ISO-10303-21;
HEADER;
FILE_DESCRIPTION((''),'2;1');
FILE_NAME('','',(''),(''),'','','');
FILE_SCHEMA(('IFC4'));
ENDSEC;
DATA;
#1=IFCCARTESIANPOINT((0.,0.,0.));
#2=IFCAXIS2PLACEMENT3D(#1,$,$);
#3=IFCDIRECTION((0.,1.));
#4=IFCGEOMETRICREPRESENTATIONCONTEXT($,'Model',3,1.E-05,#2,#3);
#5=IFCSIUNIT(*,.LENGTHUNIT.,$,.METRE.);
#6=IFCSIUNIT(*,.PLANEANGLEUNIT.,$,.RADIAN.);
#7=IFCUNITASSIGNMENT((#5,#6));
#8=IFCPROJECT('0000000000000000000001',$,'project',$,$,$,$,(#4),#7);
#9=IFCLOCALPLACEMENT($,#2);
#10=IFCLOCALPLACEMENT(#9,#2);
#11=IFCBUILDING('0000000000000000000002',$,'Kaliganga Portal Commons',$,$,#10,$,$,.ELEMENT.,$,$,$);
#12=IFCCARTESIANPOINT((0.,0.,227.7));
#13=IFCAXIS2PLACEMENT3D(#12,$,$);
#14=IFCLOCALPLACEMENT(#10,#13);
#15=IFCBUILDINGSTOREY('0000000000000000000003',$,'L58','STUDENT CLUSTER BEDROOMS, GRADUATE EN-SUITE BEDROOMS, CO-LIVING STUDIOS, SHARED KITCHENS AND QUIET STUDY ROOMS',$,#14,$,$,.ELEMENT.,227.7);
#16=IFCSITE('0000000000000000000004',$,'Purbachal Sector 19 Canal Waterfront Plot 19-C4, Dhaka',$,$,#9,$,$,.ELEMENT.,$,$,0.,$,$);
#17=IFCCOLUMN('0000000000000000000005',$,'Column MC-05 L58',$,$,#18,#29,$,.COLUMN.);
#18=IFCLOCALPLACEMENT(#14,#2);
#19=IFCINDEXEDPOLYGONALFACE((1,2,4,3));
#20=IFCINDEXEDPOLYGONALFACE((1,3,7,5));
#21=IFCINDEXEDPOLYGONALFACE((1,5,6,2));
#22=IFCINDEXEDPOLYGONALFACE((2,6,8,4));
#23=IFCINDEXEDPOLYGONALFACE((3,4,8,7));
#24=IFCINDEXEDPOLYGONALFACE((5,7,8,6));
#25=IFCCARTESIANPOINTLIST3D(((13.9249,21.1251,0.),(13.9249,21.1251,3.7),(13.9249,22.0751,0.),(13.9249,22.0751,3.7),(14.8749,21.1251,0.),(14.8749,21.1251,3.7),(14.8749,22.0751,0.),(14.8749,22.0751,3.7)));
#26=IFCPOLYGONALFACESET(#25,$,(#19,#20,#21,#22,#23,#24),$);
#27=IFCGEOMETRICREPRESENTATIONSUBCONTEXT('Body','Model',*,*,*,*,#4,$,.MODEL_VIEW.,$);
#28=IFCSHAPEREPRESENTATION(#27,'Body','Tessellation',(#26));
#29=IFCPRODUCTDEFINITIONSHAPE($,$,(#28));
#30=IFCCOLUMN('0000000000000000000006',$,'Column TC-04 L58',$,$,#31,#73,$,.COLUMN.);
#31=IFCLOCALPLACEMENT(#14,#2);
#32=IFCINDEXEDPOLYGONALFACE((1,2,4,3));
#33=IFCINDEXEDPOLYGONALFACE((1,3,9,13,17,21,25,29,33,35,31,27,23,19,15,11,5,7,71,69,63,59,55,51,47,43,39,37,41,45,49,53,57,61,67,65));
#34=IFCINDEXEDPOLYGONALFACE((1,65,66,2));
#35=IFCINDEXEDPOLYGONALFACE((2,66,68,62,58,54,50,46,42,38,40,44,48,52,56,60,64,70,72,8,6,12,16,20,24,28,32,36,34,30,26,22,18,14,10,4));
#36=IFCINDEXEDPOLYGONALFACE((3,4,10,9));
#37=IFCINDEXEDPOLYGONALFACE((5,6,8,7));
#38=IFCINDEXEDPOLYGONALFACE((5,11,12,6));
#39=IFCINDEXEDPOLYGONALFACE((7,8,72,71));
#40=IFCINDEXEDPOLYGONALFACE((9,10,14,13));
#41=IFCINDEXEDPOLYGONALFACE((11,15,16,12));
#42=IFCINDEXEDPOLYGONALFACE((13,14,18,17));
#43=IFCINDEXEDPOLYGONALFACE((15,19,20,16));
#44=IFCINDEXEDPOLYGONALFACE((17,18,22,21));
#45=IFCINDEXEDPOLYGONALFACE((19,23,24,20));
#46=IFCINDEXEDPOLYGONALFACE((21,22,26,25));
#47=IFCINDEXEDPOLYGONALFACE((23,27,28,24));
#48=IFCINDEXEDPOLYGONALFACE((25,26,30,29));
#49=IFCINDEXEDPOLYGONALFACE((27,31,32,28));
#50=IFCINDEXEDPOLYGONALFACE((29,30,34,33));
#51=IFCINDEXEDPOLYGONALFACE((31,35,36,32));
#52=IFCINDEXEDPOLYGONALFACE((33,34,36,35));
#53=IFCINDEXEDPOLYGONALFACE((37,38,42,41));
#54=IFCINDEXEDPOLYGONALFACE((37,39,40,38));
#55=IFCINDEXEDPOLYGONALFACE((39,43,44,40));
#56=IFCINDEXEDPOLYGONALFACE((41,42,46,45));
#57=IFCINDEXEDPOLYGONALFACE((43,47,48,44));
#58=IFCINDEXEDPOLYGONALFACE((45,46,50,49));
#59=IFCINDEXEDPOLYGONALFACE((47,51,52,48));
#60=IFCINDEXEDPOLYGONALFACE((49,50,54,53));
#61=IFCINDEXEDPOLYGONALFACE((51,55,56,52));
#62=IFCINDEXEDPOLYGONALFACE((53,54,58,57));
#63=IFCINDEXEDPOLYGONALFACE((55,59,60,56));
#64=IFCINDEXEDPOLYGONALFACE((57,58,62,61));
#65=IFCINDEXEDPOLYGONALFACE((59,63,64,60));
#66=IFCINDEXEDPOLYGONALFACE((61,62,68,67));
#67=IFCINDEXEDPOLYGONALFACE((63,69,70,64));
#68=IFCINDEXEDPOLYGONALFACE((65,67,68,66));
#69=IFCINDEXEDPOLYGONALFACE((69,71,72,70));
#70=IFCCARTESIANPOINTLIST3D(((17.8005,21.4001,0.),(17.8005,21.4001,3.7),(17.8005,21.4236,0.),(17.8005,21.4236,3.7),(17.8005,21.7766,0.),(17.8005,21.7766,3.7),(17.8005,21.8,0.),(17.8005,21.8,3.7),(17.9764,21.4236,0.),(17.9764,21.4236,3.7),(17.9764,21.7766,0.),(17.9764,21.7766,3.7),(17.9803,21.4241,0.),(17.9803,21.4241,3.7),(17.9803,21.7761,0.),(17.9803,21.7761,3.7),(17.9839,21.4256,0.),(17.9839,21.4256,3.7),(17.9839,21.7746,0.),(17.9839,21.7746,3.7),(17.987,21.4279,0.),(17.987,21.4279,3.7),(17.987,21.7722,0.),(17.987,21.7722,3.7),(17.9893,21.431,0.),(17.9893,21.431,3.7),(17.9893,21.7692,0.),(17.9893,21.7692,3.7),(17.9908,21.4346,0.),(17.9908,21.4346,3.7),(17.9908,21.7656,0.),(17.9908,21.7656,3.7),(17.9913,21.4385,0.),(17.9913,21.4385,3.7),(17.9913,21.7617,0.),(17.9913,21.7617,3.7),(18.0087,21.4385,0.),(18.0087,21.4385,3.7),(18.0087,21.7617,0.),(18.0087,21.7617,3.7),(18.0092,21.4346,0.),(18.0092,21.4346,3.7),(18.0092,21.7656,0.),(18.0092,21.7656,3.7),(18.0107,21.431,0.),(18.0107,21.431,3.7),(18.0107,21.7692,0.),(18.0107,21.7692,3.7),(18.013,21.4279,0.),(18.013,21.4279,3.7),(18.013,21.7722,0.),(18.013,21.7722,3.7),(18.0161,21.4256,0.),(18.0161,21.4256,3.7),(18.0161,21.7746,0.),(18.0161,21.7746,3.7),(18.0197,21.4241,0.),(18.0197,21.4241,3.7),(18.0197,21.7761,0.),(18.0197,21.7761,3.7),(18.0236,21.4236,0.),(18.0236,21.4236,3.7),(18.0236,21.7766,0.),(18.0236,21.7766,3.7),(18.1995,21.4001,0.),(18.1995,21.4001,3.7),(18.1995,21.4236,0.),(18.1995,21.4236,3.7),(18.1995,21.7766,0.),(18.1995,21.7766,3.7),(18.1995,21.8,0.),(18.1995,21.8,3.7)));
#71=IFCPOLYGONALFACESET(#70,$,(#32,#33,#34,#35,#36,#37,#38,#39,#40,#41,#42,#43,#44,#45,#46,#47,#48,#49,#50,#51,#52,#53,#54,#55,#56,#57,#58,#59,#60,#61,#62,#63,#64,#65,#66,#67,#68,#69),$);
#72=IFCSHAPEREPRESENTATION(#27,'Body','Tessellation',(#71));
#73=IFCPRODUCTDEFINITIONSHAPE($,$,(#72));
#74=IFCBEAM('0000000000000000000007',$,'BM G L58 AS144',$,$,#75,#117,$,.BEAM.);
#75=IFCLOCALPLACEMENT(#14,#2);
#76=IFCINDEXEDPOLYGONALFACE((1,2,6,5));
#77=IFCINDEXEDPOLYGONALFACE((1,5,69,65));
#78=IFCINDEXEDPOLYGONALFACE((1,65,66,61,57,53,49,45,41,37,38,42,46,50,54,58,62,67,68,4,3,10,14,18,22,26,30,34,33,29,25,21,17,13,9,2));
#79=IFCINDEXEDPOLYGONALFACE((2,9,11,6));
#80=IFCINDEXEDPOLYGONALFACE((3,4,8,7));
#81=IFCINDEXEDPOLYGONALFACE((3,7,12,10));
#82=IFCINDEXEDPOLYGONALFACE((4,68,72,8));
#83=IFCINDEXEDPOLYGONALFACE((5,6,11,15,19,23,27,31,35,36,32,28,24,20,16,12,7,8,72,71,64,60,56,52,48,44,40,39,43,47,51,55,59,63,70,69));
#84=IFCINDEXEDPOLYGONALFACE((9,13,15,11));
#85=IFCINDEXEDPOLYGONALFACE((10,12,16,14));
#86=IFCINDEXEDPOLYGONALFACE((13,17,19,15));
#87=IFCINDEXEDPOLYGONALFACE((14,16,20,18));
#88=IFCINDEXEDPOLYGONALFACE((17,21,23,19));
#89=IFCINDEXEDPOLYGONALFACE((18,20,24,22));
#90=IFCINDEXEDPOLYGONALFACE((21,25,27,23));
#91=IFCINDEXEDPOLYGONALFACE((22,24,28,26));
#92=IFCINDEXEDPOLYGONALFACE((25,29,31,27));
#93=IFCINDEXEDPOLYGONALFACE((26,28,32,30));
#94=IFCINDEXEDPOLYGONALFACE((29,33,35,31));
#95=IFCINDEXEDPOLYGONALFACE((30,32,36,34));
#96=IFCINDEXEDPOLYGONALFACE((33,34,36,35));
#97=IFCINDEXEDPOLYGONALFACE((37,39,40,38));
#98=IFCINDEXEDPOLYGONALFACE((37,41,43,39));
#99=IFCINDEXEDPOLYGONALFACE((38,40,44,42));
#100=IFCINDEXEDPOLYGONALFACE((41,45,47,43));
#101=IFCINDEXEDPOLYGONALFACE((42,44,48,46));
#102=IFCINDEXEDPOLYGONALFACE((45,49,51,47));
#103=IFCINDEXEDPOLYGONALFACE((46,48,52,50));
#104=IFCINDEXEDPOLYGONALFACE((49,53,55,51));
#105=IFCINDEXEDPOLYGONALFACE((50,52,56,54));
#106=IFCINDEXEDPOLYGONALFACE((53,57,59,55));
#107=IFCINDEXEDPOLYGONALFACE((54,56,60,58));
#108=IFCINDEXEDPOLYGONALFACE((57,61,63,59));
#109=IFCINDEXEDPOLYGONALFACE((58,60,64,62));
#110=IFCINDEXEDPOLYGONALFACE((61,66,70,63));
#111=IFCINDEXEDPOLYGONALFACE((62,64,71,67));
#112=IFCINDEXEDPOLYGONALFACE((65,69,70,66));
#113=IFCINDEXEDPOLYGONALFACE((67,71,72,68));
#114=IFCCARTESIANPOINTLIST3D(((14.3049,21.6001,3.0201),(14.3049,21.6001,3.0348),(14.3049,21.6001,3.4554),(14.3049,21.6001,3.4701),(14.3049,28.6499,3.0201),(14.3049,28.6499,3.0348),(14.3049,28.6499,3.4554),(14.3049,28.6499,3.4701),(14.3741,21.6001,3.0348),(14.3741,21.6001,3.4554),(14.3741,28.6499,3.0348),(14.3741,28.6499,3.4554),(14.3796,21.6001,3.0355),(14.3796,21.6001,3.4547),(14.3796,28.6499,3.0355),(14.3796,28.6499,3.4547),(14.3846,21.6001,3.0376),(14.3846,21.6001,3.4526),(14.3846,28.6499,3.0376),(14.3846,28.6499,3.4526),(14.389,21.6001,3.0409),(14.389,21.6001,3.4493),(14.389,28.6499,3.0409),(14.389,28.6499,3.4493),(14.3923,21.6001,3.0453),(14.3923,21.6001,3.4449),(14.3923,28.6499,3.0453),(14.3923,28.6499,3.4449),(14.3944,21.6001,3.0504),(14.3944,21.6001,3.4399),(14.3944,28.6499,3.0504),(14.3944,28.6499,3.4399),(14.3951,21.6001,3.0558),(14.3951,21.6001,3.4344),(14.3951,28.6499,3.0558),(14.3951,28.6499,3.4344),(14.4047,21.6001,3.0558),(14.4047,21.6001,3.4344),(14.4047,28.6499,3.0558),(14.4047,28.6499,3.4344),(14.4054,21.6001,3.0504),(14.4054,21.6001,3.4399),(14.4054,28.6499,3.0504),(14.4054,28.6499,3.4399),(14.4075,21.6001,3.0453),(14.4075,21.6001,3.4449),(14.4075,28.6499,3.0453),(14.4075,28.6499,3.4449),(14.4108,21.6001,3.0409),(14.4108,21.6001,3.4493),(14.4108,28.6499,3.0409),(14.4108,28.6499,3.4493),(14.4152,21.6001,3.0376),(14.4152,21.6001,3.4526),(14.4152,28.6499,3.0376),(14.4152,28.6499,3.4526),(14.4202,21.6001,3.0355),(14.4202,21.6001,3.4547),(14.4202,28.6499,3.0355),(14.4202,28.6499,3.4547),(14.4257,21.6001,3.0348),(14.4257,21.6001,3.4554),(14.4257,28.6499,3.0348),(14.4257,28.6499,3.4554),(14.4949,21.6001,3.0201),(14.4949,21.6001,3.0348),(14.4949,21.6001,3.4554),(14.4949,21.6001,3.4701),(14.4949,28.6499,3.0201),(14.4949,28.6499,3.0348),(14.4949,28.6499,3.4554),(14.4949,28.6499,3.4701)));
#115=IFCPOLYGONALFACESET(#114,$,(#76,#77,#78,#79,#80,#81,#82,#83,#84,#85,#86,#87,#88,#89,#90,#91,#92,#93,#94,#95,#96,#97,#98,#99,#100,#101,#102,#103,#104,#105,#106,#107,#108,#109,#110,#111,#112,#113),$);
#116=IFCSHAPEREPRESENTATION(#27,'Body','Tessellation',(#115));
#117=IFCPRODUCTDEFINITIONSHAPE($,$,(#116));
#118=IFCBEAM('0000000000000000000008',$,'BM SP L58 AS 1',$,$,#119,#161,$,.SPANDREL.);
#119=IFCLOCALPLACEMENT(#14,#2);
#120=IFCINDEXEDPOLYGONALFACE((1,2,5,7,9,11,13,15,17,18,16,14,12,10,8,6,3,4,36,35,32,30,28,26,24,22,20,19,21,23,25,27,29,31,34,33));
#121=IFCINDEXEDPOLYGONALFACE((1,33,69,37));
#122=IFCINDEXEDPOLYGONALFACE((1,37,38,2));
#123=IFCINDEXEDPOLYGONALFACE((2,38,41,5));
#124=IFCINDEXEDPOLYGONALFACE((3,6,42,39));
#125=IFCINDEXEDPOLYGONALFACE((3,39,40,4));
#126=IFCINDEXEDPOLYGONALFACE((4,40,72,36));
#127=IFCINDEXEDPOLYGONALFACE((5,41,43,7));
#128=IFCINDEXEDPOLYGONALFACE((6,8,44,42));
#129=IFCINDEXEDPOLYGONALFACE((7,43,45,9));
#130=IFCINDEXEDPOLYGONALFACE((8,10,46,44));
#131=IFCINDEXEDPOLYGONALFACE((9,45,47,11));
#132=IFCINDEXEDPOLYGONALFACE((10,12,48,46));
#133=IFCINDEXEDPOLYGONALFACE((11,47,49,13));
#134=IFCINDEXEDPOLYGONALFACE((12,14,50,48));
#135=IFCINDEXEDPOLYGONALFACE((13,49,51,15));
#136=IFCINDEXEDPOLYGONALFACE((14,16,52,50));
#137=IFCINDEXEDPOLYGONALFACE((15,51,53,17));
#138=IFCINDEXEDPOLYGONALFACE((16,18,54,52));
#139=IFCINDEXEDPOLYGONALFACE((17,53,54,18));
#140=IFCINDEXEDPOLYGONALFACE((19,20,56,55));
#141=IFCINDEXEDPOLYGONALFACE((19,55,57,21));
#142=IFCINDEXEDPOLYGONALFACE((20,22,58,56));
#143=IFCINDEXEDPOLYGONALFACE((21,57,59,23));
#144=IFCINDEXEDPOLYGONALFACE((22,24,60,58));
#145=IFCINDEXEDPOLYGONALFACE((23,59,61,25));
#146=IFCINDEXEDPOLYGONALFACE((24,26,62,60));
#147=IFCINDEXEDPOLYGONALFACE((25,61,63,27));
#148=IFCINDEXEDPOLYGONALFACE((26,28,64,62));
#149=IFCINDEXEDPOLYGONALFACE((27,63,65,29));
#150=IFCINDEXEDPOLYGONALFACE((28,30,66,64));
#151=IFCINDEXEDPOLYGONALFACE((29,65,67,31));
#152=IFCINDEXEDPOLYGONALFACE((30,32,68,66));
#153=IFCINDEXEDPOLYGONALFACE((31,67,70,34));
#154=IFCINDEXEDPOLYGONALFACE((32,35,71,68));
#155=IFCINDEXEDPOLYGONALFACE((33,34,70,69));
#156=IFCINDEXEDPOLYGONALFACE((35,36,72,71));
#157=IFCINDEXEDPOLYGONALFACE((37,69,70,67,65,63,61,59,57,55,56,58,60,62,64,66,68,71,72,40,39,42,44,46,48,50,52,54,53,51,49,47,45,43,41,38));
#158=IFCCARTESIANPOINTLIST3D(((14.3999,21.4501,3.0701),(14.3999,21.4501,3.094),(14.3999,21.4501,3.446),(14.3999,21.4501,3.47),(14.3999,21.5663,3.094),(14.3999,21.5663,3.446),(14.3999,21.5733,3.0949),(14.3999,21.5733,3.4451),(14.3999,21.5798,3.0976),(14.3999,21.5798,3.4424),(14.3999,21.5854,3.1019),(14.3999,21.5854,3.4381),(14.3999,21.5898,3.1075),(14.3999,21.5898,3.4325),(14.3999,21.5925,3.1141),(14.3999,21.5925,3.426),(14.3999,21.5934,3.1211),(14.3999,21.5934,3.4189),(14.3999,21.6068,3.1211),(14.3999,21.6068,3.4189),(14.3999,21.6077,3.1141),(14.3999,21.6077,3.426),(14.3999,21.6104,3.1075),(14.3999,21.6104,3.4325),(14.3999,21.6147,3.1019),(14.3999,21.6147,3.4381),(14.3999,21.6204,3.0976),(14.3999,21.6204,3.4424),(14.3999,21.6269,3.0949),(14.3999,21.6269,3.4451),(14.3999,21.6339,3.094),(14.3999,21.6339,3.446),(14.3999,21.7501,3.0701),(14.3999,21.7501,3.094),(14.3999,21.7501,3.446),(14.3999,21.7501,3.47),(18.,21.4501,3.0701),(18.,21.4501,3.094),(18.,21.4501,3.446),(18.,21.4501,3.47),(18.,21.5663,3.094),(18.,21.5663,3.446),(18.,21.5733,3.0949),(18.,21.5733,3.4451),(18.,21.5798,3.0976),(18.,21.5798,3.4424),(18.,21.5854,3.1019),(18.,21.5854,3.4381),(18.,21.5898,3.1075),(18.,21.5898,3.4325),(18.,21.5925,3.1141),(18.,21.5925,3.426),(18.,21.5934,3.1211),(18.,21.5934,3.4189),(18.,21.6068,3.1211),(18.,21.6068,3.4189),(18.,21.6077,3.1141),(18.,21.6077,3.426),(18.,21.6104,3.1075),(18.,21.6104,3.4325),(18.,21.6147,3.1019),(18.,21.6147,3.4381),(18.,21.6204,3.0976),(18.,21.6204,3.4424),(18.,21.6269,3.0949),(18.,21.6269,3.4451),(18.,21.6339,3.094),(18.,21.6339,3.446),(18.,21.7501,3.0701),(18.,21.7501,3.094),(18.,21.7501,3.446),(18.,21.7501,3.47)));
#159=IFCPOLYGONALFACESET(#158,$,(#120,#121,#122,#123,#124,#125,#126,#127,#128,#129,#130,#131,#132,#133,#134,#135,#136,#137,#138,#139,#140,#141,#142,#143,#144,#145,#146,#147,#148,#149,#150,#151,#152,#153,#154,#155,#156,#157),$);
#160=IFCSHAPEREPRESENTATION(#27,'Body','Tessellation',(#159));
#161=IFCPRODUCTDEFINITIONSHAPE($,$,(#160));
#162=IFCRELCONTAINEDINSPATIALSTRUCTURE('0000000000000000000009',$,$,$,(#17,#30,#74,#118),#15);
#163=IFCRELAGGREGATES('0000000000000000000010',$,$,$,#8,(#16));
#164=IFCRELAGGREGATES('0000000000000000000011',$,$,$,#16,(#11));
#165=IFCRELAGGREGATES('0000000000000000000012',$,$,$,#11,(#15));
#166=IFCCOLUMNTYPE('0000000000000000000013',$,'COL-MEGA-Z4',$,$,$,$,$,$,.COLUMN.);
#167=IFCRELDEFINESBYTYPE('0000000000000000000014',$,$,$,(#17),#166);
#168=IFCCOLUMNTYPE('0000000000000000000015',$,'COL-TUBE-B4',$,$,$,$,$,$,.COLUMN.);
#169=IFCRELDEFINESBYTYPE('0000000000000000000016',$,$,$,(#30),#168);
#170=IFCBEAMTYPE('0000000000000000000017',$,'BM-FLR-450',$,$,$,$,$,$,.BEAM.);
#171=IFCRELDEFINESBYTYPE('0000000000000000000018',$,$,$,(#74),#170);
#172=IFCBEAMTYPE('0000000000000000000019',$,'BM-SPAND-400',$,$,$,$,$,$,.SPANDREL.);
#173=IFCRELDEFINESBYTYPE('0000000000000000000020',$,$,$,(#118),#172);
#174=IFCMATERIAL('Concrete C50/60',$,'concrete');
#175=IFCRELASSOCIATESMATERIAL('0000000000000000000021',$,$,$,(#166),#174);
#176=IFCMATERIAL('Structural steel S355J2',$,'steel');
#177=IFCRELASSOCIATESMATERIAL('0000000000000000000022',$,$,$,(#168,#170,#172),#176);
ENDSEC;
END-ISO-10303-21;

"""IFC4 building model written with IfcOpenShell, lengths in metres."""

from ifc_helpers import new_model, si_unit, direction, frame, origin, origin_2d, place, context, subcontext, project, spatial, rectangle, i_section, extrude, source, transform, mapped, material, material_profile, profile_set, type_object, element, save


model = new_model("IFC4")

# Units and contexts
model_context = context("Model", 3, precision=1e-05, world=origin(), true_north=direction((0.0, 1.0)))
body_context = subcontext(model_context, "Body", "Model", "MODEL_VIEW")
ifc_project = project(units=[si_unit("LENGTHUNIT", "METRE"), si_unit("PLANEANGLEUNIT", "RADIAN")], contexts=[model_context])

# Site, building, storey
site_placement = place(None, origin())
site = spatial("IfcSite", under=ifc_project, at=site_placement, Name="Purbachal Sector 19 Canal Waterfront Plot 19-C4, Dhaka", CompositionType="ELEMENT", RefElevation=0.0)
building_placement = place(site_placement, origin())
building = spatial("IfcBuilding", under=site, at=building_placement, Name="Kaliganga Portal Commons", CompositionType="ELEMENT")
storey_placement = place(building_placement, frame((0.0, 0.0, 227.7)))
storey = spatial("IfcBuildingStorey", under=building, at=storey_placement, Name="L58", Description="STUDENT CLUSTER BEDROOMS, GRADUATE EN-SUITE BEDROOMS, CO-LIVING STUDIOS, SHARED KITCHENS AND QUIET STUDY ROOMS", CompositionType="ELEMENT", Elevation=227.7)

# Columns
ifc_material_1 = material(Name="Concrete C50/60", Category="concrete")
ifc_material_profile_1 = material_profile(ifc_material_1, rectangle(XDim=0.95, YDim=0.95, at=origin_2d()), Name="RC 950x950")
ifc_profile_set_1 = profile_set([ifc_material_profile_1], Name="Concrete C50/60")
column_type_1 = type_object("IfcColumnType", Name="COL-MEGA-Z4", PredefinedType="COLUMN", material=ifc_profile_set_1)
shared_shape_1 = source(origin(), body_context, "Body", "SweptSolid", [
    extrude(rectangle(XDim=0.95, YDim=0.95, at=origin_2d()), origin(), (0.0, 0.0, 1.0), 3.7),
])
column_1_placement = place(storey_placement, frame((14.3999, 21.6001, 0.0), z_axis=(0.0, 0.0, 1.0), x_axis=(1.0, 0.0, 0.0)))
element("IfcColumn", 1, at=column_1_placement, inside=storey, type_object=column_type_1, Name="Column MC-05 L58", PredefinedType="COLUMN", context=body_context, shape_type="MappedRepresentation", body=[
    mapped(shared_shape_1, transform((0.0, 0.0, 0.0), x_axis=(1.0, 0.0, 0.0), y_axis=(0.0, 1.0, 0.0), z_axis=(0.0, 0.0, 1.0), scale=1.0)),
])
ifc_material_2 = material(Name="Structural steel S355J2", Category="steel")
ifc_material_profile_2 = material_profile(ifc_material_2, i_section(OverallWidth=0.3989, OverallDepth=0.3999, WebThickness=0.0173, FlangeThickness=0.0234, FilletRadius=0.0149, at=origin_2d()), Name="HD 400x287")
ifc_profile_set_2 = profile_set([ifc_material_profile_2], Name="Structural steel S355J2 wide-flange")
column_type_2 = type_object("IfcColumnType", Name="COL-TUBE-B4", PredefinedType="COLUMN", material=ifc_profile_set_2)
shared_shape_2 = source(origin(), body_context, "Body", "SweptSolid", [
    extrude(i_section(OverallWidth=0.3989, OverallDepth=0.3999, WebThickness=0.0173, FlangeThickness=0.0234, FilletRadius=0.0149, at=origin_2d()), origin(), (0.0, 0.0, 1.0), 3.7),
])
column_2_placement = place(storey_placement, frame((18.0, 21.6001, 0.0), z_axis=(0.0, 0.0, 1.0), x_axis=(1.0, 0.0, 0.0)))
element("IfcColumn", 2, at=column_2_placement, inside=storey, type_object=column_type_2, Name="Column TC-04 L58", PredefinedType="COLUMN", context=body_context, shape_type="MappedRepresentation", body=[
    mapped(shared_shape_2, transform((0.0, 0.0, 0.0), x_axis=(1.0, 0.0, 0.0), y_axis=(0.0, 1.0, 0.0), z_axis=(0.0, 0.0, 1.0), scale=1.0)),
])

# Beams
ifc_material_profile_3 = material_profile(ifc_material_2, i_section(OverallWidth=0.1899, OverallDepth=0.45, WebThickness=0.0095, FlangeThickness=0.0146, FilletRadius=0.021, at=origin_2d()), Name="IPE 450")
ifc_profile_set_3 = profile_set([ifc_material_profile_3], Name="Structural steel S355J2 wide-flange")
beam_type_1 = type_object("IfcBeamType", Name="BM-FLR-450", PredefinedType="BEAM", material=ifc_profile_set_3)
shared_shape_3 = source(origin(), body_context, "Body", "SweptSolid", [
    extrude(i_section(OverallWidth=0.1899, OverallDepth=0.45, WebThickness=0.0095, FlangeThickness=0.0146, FilletRadius=0.021, at=origin_2d()), origin(), (0.0, 0.0, 1.0), 7.0498),
])
beam_1_placement = place(storey_placement, frame((14.3999, 21.6001, 3.2451), z_axis=(0.0, 1.0, 0.0), x_axis=(-1.0, 0.0, 0.0)))
element("IfcBeam", 3, at=beam_1_placement, inside=storey, type_object=beam_type_1, Name="BM G L58 AS144", PredefinedType="BEAM", context=body_context, shape_type="MappedRepresentation", body=[
    mapped(shared_shape_3, transform((0.0, 0.0, 0.0), x_axis=(1.0, 0.0, 0.0), y_axis=(0.0, 1.0, 0.0), z_axis=(0.0, 0.0, 1.0), scale=1.0)),
])
ifc_material_profile_4 = material_profile(ifc_material_2, i_section(OverallWidth=0.3, OverallDepth=0.3999, WebThickness=0.0134, FlangeThickness=0.0239, FilletRadius=0.0271, at=origin_2d()), Name="HE 400 B")
ifc_profile_set_4 = profile_set([ifc_material_profile_4], Name="Structural steel S355J2 wide-flange")
beam_type_2 = type_object("IfcBeamType", Name="BM-SPAND-400", PredefinedType="SPANDREL", material=ifc_profile_set_4)
shared_shape_4 = source(origin(), body_context, "Body", "SweptSolid", [
    extrude(i_section(OverallWidth=0.3, OverallDepth=0.3999, WebThickness=0.0134, FlangeThickness=0.0239, FilletRadius=0.0271, at=origin_2d()), origin(), (0.0, 0.0, 1.0), 3.6001),
])
for number, where, z_axis, x_axis, name in (
    (4, (14.3999, 21.6001, 3.27), (1.0, 0.0, 0.0), (0.0, 1.0, 0.0), "BM SP L58 AS 1"),
):
    element("IfcBeam", number, at=place(storey_placement, frame(where, z_axis=z_axis, x_axis=x_axis)), inside=storey, type_object=beam_type_2, Name=name, PredefinedType="SPANDREL", context=body_context, shape_type="MappedRepresentation", body=[
        mapped(shared_shape_4, transform((0.0, 0.0, 0.0), x_axis=(1.0, 0.0, 0.0), y_axis=(0.0, 1.0, 0.0), z_axis=(0.0, 0.0, 1.0), scale=1.0)),
    ])

save(model, "model.ifc")
